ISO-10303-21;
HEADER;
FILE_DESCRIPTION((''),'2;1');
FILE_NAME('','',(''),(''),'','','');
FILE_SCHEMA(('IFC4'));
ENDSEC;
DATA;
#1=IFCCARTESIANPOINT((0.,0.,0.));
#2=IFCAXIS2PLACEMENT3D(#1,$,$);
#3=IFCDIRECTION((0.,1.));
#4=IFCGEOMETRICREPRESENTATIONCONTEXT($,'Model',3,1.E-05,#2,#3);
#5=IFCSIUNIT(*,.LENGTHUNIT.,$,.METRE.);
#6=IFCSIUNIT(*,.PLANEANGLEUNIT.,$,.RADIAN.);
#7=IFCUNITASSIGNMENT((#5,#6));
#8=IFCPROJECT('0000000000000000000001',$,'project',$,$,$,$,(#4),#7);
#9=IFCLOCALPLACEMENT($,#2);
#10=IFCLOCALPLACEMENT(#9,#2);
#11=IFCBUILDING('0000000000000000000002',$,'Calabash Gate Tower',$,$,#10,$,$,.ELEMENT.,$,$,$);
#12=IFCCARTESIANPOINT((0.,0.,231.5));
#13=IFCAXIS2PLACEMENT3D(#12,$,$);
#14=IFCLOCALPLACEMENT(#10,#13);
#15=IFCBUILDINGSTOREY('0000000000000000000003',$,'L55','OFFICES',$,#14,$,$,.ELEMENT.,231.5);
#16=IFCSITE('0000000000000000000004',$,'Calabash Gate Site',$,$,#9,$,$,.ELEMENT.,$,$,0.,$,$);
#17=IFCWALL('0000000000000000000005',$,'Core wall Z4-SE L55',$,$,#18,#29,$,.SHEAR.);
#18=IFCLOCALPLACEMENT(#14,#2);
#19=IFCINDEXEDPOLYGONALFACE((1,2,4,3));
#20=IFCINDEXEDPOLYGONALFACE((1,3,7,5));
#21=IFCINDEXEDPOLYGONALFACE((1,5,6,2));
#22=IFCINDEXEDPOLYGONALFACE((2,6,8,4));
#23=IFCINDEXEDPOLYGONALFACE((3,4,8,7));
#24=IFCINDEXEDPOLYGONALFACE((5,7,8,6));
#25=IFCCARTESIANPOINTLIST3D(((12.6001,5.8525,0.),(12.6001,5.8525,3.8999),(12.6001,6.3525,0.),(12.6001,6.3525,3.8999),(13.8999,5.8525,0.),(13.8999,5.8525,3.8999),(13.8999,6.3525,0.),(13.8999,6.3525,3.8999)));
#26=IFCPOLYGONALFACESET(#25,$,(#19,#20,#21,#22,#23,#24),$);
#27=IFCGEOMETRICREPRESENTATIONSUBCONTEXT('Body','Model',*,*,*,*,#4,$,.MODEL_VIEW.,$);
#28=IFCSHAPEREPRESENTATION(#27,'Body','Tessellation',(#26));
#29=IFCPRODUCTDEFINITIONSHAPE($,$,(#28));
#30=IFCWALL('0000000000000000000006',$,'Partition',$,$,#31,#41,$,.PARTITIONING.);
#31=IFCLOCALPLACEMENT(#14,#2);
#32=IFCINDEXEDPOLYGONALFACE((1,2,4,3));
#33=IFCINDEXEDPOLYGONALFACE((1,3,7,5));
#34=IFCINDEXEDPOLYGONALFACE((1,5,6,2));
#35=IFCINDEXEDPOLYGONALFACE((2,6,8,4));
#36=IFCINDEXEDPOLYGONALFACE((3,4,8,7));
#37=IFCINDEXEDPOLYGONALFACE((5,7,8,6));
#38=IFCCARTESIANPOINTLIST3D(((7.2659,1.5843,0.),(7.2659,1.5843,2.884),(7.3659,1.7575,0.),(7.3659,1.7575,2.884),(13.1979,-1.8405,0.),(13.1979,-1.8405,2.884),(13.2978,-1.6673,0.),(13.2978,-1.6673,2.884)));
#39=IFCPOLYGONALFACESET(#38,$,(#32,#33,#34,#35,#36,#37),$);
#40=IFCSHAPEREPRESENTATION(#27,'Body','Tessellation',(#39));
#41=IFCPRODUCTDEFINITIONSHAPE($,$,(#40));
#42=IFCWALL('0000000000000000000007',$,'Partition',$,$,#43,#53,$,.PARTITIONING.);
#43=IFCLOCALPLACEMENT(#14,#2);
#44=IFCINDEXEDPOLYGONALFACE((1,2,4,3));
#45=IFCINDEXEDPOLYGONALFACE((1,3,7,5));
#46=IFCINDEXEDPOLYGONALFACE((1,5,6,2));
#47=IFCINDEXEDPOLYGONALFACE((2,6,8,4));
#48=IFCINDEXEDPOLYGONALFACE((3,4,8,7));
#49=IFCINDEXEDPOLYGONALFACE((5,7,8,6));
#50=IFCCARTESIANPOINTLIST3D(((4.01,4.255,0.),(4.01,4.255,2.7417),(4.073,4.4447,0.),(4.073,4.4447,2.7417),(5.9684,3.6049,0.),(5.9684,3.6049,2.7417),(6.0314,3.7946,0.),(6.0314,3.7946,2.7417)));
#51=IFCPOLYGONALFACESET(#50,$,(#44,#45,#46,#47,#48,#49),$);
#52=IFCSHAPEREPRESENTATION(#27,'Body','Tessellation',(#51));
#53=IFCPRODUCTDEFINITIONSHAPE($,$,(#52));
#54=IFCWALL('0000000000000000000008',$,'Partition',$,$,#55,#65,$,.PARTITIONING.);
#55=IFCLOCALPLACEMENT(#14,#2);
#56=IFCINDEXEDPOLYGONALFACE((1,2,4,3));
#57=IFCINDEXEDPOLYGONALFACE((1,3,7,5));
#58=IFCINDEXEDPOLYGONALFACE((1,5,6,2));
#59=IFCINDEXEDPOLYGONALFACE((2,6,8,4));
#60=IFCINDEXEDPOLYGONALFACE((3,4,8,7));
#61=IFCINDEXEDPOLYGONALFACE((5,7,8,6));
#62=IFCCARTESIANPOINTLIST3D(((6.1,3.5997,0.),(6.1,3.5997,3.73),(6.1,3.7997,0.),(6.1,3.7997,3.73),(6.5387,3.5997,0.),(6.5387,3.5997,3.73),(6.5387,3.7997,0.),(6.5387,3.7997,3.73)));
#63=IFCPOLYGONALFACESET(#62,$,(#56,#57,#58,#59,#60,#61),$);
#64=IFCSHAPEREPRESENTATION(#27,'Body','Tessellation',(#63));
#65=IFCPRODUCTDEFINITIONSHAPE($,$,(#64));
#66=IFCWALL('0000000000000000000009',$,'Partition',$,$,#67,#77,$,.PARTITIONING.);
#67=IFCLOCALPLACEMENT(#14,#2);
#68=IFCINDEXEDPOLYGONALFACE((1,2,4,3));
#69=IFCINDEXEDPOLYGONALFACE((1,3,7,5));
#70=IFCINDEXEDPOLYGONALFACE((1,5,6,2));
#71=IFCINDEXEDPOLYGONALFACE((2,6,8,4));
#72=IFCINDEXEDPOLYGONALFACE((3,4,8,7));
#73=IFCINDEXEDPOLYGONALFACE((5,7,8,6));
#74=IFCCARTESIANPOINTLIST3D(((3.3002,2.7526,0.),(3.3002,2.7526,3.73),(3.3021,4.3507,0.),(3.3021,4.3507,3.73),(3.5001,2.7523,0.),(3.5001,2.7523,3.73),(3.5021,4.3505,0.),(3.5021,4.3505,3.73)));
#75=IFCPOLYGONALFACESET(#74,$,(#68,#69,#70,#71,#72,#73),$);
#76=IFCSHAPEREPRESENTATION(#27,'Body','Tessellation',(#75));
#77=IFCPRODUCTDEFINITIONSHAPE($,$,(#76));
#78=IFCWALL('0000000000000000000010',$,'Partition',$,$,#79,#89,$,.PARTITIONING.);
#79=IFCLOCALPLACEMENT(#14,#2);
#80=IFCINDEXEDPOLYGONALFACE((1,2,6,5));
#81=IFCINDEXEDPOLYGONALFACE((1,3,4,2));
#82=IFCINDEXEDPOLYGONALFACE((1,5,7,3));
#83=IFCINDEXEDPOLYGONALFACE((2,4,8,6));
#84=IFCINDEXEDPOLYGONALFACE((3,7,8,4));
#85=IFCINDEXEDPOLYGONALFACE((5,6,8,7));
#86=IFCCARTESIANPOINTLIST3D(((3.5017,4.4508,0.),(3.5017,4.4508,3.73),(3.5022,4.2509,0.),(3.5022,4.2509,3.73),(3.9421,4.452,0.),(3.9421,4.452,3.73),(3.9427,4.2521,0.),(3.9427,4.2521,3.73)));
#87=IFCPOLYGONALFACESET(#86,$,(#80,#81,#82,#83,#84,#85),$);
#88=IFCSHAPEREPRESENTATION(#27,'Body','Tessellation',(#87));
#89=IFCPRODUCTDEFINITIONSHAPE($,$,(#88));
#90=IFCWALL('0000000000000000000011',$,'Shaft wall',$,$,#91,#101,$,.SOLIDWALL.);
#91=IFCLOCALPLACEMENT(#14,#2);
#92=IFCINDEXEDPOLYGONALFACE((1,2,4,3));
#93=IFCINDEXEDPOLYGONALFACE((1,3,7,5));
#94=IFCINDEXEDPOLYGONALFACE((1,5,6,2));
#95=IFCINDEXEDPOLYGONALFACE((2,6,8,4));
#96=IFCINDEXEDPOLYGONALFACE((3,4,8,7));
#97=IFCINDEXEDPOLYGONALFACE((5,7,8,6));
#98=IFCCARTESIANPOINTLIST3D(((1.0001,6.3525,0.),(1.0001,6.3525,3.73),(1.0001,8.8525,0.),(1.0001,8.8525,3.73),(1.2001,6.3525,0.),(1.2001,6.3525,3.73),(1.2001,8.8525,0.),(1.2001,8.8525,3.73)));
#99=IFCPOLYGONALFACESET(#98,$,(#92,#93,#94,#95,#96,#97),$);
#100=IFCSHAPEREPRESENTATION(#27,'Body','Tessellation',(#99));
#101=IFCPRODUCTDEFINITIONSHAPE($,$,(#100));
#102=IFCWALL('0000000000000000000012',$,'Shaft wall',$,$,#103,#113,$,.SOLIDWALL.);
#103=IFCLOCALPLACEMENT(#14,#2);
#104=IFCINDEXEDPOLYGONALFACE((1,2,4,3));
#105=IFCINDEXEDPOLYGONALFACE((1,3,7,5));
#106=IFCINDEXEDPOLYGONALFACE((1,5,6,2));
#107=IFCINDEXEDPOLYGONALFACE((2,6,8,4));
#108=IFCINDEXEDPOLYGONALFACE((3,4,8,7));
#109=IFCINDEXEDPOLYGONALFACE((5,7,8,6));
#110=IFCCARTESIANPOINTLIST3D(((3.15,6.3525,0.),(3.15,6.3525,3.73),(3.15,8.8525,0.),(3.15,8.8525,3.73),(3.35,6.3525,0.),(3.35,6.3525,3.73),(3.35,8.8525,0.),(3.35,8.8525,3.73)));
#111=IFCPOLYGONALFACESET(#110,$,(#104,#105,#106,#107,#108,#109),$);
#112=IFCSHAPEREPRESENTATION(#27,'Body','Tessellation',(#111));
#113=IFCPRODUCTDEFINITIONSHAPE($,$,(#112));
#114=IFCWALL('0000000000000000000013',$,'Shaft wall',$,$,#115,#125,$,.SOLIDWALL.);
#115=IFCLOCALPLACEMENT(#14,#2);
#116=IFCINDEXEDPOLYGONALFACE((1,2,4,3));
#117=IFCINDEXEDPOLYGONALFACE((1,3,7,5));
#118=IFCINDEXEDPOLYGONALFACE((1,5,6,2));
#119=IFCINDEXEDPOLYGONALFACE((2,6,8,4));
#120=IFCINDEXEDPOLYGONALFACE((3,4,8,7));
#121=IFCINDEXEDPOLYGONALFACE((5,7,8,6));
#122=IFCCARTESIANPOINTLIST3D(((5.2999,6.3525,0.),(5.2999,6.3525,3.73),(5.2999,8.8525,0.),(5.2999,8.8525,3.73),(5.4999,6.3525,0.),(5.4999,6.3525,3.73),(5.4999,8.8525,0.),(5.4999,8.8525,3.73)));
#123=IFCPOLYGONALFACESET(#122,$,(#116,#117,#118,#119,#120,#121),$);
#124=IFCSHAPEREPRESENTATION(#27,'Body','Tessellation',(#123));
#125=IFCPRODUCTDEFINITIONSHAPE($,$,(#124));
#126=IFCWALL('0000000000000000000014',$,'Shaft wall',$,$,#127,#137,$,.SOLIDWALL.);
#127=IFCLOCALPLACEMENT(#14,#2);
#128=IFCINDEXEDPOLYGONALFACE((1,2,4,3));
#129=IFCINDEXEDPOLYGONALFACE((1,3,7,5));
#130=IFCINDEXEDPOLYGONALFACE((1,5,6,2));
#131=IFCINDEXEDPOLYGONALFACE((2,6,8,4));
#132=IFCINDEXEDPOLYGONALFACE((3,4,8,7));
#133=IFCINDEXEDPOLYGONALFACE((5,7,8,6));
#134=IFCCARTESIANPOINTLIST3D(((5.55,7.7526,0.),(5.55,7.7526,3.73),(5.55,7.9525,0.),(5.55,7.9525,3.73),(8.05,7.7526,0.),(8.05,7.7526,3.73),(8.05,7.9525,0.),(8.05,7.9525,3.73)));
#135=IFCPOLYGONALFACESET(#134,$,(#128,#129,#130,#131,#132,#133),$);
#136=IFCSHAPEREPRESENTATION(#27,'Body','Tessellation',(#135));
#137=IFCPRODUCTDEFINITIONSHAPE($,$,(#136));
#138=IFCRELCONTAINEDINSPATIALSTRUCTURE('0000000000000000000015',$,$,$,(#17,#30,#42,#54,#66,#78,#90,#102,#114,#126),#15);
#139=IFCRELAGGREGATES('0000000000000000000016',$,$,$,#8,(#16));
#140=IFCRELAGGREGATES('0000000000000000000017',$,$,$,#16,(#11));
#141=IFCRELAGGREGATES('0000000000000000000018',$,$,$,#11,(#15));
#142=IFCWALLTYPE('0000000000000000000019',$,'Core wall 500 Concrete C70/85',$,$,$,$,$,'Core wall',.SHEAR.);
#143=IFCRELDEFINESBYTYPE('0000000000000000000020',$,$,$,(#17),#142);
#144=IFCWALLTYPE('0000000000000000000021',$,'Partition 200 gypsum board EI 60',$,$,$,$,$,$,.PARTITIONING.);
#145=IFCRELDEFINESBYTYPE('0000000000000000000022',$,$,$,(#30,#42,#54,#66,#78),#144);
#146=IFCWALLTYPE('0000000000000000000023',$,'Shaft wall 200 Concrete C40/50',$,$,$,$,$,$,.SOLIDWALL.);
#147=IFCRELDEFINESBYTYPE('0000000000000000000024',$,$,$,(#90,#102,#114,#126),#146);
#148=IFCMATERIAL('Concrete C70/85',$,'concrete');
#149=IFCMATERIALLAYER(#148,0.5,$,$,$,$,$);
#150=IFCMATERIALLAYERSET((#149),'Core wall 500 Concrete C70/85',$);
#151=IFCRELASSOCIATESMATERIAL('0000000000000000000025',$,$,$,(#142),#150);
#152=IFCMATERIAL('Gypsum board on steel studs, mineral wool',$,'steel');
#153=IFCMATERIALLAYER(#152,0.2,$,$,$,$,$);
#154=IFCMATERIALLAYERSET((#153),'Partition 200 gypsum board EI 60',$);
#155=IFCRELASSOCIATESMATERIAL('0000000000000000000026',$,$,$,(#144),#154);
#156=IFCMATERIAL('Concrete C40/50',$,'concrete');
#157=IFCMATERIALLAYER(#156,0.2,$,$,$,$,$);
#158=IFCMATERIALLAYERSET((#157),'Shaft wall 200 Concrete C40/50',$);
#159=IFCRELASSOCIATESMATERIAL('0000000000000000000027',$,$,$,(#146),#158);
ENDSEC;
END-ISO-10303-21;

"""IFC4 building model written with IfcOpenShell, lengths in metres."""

from ifc_helpers import new_model, si_unit, direction, frame, frame_2d, origin, place, context, subcontext, project, spatial, rectangle, extrude, material, layer, layer_set, type_object, element, save


model = new_model("IFC4")

# Units and contexts
model_context = context("Model", 3, precision=1e-05, world=origin(), true_north=direction((0.0, 1.0)))
body_context = subcontext(model_context, "Body", "Model", "MODEL_VIEW")
ifc_project = project(units=[si_unit("LENGTHUNIT", "METRE"), si_unit("PLANEANGLEUNIT", "RADIAN")], contexts=[model_context])

# Site, building, storey
site_placement = place(None, origin())
site = spatial("IfcSite", under=ifc_project, at=site_placement, Name="Calabash Gate Site", CompositionType="ELEMENT", RefElevation=0.0)
building_placement = place(site_placement, origin())
building = spatial("IfcBuilding", under=site, at=building_placement, Name="Calabash Gate Tower", CompositionType="ELEMENT")
storey_placement = place(building_placement, frame((0.0, 0.0, 231.5)))
storey = spatial("IfcBuildingStorey", under=building, at=storey_placement, Name="L55", Description="OFFICES", CompositionType="ELEMENT", Elevation=231.5)

# Shared definitions
ifc_material_1 = material(Name="Concrete C70/85", Category="concrete")
ifc_layer_1 = layer(ifc_material_1, 0.5)
ifc_layer_set_1 = layer_set([ifc_layer_1], Name="Core wall 500 Concrete C70/85")
wall_type_1 = type_object("IfcWallType", Name="Core wall 500 Concrete C70/85", ElementType="Core wall", PredefinedType="SHEAR", material=ifc_layer_set_1)

# Walls
wall_1_placement = place(storey_placement, frame((12.6001, 6.1025, 0.0), z_axis=(0.0, 0.0, 1.0), x_axis=(1.0, 0.0, 0.0)))
element("IfcWall", 1, at=wall_1_placement, inside=storey, type_object=wall_type_1, Name="Core wall Z4-SE L55", PredefinedType="SHEAR", context=body_context, shape_type="SweptSolid", body=[
    extrude(rectangle(XDim=1.2998, YDim=0.5, at=frame_2d((0.6499, 0.0))), origin(), (0.0, 0.0, 1.0), 3.8999),
])
ifc_material_2 = material(Name="Gypsum board on steel studs, mineral wool", Category="steel")
ifc_layer_2 = layer(ifc_material_2, 0.2)
ifc_layer_set_2 = layer_set([ifc_layer_2], Name="Partition 200 gypsum board EI 60")
wall_type_2 = type_object("IfcWallType", Name="Partition 200 gypsum board EI 60", PredefinedType="PARTITIONING", material=ifc_layer_set_2)
wall_2_placement = place(storey_placement, frame((7.3159, 1.6709, 0.0), z_axis=(0.0, 0.0, 1.0), x_axis=(0.866024, -0.500003, 0.0)))
element("IfcWall", 2, at=wall_2_placement, inside=storey, type_object=wall_type_2, Name="Partition", PredefinedType="PARTITIONING", context=body_context, shape_type="SweptSolid", body=[
    extrude(rectangle(XDim=6.8496, YDim=0.2, at=frame_2d((3.4248, 0.0))), origin(), (0.0, 0.0, 1.0), 2.884),
])
wall_3_placement = place(storey_placement, frame((4.0415, 4.3499, 0.0), z_axis=(0.0, 0.0, 1.0), x_axis=(0.949073, -0.315056, 0.0)))
element("IfcWall", 3, at=wall_3_placement, inside=storey, type_object=wall_type_2, Name="Partition", PredefinedType="PARTITIONING", context=body_context, shape_type="SweptSolid", body=[
    extrude(rectangle(XDim=2.0635, YDim=0.2, at=frame_2d((1.0317, 0.0))), origin(), (0.0, 0.0, 1.0), 2.7417),
])
wall_4_placement = place(storey_placement, frame((6.1001, 3.6997, 0.0), z_axis=(0.0, 0.0, 1.0), x_axis=(1.0, 0.0, 0.0)))
element("IfcWall", 4, at=wall_4_placement, inside=storey, type_object=wall_type_2, Name="Partition", PredefinedType="PARTITIONING", context=body_context, shape_type="SweptSolid", body=[
    extrude(rectangle(XDim=0.4387, YDim=0.2, at=frame_2d((0.2192, 0.0))), origin(), (0.0, 0.0, 1.0), 3.73),
])

# Walls
wall_5_placement = place(storey_placement, frame((3.4001, 2.7524, 0.0), z_axis=(0.0, 0.0, 1.0), x_axis=(0.001222, 0.999999, 0.0)))
element("IfcWall", 5, at=wall_5_placement, inside=storey, type_object=wall_type_2, Name="Partition", PredefinedType="PARTITIONING", context=body_context, shape_type="SweptSolid", body=[
    extrude(rectangle(XDim=1.5981, YDim=0.2, at=frame_2d((0.7991, 0.0))), origin(), (0.0, 0.0, 1.0), 3.73),
])
wall_6_placement = place(storey_placement, frame((3.502, 4.3508, 0.0), z_axis=(0.0, 0.0, 1.0), x_axis=(0.999996, 0.002772, 0.0)))
element("IfcWall", 6, at=wall_6_placement, inside=storey, type_object=wall_type_2, Name="Partition", PredefinedType="PARTITIONING", context=body_context, shape_type="SweptSolid", body=[
    extrude(rectangle(XDim=0.4404, YDim=0.2, at=frame_2d((0.2202, 0.0))), origin(), (0.0, 0.0, 1.0), 3.73),
])
ifc_material_3 = material(Name="Concrete C40/50", Category="concrete")
ifc_layer_3 = layer(ifc_material_3, 0.2)
ifc_layer_set_3 = layer_set([ifc_layer_3], Name="Shaft wall 200 Concrete C40/50")
wall_type_3 = type_object("IfcWallType", Name="Shaft wall 200 Concrete C40/50", PredefinedType="SOLIDWALL", material=ifc_layer_set_3)
for number, where, z_axis, x_axis, name in (
    (7, (1.1001, 6.3525, 0.0), (0.0, 0.0, 1.0), (0.0, 1.0, 0.0), "Shaft wall"),
    (8, (3.25, 6.3525, 0.0), (0.0, 0.0, 1.0), (0.0, 1.0, 0.0), "Shaft wall"),
    (9, (5.3999, 6.3525, 0.0), (0.0, 0.0, 1.0), (0.0, 1.0, 0.0), "Shaft wall"),
    (10, (5.55, 7.8525, 0.0), (0.0, 0.0, 1.0), (1.0, 0.0, 0.0), "Shaft wall"),
):
    element("IfcWall", number, at=place(storey_placement, frame(where, z_axis=z_axis, x_axis=x_axis)), inside=storey, type_object=wall_type_3, Name=name, PredefinedType="SOLIDWALL", context=body_context, shape_type="SweptSolid", body=[
        extrude(rectangle(XDim=2.5, YDim=0.2, at=frame_2d((1.25, 0.0))), origin(), (0.0, 0.0, 1.0), 3.73),
    ])

save(model, "model.ifc")
